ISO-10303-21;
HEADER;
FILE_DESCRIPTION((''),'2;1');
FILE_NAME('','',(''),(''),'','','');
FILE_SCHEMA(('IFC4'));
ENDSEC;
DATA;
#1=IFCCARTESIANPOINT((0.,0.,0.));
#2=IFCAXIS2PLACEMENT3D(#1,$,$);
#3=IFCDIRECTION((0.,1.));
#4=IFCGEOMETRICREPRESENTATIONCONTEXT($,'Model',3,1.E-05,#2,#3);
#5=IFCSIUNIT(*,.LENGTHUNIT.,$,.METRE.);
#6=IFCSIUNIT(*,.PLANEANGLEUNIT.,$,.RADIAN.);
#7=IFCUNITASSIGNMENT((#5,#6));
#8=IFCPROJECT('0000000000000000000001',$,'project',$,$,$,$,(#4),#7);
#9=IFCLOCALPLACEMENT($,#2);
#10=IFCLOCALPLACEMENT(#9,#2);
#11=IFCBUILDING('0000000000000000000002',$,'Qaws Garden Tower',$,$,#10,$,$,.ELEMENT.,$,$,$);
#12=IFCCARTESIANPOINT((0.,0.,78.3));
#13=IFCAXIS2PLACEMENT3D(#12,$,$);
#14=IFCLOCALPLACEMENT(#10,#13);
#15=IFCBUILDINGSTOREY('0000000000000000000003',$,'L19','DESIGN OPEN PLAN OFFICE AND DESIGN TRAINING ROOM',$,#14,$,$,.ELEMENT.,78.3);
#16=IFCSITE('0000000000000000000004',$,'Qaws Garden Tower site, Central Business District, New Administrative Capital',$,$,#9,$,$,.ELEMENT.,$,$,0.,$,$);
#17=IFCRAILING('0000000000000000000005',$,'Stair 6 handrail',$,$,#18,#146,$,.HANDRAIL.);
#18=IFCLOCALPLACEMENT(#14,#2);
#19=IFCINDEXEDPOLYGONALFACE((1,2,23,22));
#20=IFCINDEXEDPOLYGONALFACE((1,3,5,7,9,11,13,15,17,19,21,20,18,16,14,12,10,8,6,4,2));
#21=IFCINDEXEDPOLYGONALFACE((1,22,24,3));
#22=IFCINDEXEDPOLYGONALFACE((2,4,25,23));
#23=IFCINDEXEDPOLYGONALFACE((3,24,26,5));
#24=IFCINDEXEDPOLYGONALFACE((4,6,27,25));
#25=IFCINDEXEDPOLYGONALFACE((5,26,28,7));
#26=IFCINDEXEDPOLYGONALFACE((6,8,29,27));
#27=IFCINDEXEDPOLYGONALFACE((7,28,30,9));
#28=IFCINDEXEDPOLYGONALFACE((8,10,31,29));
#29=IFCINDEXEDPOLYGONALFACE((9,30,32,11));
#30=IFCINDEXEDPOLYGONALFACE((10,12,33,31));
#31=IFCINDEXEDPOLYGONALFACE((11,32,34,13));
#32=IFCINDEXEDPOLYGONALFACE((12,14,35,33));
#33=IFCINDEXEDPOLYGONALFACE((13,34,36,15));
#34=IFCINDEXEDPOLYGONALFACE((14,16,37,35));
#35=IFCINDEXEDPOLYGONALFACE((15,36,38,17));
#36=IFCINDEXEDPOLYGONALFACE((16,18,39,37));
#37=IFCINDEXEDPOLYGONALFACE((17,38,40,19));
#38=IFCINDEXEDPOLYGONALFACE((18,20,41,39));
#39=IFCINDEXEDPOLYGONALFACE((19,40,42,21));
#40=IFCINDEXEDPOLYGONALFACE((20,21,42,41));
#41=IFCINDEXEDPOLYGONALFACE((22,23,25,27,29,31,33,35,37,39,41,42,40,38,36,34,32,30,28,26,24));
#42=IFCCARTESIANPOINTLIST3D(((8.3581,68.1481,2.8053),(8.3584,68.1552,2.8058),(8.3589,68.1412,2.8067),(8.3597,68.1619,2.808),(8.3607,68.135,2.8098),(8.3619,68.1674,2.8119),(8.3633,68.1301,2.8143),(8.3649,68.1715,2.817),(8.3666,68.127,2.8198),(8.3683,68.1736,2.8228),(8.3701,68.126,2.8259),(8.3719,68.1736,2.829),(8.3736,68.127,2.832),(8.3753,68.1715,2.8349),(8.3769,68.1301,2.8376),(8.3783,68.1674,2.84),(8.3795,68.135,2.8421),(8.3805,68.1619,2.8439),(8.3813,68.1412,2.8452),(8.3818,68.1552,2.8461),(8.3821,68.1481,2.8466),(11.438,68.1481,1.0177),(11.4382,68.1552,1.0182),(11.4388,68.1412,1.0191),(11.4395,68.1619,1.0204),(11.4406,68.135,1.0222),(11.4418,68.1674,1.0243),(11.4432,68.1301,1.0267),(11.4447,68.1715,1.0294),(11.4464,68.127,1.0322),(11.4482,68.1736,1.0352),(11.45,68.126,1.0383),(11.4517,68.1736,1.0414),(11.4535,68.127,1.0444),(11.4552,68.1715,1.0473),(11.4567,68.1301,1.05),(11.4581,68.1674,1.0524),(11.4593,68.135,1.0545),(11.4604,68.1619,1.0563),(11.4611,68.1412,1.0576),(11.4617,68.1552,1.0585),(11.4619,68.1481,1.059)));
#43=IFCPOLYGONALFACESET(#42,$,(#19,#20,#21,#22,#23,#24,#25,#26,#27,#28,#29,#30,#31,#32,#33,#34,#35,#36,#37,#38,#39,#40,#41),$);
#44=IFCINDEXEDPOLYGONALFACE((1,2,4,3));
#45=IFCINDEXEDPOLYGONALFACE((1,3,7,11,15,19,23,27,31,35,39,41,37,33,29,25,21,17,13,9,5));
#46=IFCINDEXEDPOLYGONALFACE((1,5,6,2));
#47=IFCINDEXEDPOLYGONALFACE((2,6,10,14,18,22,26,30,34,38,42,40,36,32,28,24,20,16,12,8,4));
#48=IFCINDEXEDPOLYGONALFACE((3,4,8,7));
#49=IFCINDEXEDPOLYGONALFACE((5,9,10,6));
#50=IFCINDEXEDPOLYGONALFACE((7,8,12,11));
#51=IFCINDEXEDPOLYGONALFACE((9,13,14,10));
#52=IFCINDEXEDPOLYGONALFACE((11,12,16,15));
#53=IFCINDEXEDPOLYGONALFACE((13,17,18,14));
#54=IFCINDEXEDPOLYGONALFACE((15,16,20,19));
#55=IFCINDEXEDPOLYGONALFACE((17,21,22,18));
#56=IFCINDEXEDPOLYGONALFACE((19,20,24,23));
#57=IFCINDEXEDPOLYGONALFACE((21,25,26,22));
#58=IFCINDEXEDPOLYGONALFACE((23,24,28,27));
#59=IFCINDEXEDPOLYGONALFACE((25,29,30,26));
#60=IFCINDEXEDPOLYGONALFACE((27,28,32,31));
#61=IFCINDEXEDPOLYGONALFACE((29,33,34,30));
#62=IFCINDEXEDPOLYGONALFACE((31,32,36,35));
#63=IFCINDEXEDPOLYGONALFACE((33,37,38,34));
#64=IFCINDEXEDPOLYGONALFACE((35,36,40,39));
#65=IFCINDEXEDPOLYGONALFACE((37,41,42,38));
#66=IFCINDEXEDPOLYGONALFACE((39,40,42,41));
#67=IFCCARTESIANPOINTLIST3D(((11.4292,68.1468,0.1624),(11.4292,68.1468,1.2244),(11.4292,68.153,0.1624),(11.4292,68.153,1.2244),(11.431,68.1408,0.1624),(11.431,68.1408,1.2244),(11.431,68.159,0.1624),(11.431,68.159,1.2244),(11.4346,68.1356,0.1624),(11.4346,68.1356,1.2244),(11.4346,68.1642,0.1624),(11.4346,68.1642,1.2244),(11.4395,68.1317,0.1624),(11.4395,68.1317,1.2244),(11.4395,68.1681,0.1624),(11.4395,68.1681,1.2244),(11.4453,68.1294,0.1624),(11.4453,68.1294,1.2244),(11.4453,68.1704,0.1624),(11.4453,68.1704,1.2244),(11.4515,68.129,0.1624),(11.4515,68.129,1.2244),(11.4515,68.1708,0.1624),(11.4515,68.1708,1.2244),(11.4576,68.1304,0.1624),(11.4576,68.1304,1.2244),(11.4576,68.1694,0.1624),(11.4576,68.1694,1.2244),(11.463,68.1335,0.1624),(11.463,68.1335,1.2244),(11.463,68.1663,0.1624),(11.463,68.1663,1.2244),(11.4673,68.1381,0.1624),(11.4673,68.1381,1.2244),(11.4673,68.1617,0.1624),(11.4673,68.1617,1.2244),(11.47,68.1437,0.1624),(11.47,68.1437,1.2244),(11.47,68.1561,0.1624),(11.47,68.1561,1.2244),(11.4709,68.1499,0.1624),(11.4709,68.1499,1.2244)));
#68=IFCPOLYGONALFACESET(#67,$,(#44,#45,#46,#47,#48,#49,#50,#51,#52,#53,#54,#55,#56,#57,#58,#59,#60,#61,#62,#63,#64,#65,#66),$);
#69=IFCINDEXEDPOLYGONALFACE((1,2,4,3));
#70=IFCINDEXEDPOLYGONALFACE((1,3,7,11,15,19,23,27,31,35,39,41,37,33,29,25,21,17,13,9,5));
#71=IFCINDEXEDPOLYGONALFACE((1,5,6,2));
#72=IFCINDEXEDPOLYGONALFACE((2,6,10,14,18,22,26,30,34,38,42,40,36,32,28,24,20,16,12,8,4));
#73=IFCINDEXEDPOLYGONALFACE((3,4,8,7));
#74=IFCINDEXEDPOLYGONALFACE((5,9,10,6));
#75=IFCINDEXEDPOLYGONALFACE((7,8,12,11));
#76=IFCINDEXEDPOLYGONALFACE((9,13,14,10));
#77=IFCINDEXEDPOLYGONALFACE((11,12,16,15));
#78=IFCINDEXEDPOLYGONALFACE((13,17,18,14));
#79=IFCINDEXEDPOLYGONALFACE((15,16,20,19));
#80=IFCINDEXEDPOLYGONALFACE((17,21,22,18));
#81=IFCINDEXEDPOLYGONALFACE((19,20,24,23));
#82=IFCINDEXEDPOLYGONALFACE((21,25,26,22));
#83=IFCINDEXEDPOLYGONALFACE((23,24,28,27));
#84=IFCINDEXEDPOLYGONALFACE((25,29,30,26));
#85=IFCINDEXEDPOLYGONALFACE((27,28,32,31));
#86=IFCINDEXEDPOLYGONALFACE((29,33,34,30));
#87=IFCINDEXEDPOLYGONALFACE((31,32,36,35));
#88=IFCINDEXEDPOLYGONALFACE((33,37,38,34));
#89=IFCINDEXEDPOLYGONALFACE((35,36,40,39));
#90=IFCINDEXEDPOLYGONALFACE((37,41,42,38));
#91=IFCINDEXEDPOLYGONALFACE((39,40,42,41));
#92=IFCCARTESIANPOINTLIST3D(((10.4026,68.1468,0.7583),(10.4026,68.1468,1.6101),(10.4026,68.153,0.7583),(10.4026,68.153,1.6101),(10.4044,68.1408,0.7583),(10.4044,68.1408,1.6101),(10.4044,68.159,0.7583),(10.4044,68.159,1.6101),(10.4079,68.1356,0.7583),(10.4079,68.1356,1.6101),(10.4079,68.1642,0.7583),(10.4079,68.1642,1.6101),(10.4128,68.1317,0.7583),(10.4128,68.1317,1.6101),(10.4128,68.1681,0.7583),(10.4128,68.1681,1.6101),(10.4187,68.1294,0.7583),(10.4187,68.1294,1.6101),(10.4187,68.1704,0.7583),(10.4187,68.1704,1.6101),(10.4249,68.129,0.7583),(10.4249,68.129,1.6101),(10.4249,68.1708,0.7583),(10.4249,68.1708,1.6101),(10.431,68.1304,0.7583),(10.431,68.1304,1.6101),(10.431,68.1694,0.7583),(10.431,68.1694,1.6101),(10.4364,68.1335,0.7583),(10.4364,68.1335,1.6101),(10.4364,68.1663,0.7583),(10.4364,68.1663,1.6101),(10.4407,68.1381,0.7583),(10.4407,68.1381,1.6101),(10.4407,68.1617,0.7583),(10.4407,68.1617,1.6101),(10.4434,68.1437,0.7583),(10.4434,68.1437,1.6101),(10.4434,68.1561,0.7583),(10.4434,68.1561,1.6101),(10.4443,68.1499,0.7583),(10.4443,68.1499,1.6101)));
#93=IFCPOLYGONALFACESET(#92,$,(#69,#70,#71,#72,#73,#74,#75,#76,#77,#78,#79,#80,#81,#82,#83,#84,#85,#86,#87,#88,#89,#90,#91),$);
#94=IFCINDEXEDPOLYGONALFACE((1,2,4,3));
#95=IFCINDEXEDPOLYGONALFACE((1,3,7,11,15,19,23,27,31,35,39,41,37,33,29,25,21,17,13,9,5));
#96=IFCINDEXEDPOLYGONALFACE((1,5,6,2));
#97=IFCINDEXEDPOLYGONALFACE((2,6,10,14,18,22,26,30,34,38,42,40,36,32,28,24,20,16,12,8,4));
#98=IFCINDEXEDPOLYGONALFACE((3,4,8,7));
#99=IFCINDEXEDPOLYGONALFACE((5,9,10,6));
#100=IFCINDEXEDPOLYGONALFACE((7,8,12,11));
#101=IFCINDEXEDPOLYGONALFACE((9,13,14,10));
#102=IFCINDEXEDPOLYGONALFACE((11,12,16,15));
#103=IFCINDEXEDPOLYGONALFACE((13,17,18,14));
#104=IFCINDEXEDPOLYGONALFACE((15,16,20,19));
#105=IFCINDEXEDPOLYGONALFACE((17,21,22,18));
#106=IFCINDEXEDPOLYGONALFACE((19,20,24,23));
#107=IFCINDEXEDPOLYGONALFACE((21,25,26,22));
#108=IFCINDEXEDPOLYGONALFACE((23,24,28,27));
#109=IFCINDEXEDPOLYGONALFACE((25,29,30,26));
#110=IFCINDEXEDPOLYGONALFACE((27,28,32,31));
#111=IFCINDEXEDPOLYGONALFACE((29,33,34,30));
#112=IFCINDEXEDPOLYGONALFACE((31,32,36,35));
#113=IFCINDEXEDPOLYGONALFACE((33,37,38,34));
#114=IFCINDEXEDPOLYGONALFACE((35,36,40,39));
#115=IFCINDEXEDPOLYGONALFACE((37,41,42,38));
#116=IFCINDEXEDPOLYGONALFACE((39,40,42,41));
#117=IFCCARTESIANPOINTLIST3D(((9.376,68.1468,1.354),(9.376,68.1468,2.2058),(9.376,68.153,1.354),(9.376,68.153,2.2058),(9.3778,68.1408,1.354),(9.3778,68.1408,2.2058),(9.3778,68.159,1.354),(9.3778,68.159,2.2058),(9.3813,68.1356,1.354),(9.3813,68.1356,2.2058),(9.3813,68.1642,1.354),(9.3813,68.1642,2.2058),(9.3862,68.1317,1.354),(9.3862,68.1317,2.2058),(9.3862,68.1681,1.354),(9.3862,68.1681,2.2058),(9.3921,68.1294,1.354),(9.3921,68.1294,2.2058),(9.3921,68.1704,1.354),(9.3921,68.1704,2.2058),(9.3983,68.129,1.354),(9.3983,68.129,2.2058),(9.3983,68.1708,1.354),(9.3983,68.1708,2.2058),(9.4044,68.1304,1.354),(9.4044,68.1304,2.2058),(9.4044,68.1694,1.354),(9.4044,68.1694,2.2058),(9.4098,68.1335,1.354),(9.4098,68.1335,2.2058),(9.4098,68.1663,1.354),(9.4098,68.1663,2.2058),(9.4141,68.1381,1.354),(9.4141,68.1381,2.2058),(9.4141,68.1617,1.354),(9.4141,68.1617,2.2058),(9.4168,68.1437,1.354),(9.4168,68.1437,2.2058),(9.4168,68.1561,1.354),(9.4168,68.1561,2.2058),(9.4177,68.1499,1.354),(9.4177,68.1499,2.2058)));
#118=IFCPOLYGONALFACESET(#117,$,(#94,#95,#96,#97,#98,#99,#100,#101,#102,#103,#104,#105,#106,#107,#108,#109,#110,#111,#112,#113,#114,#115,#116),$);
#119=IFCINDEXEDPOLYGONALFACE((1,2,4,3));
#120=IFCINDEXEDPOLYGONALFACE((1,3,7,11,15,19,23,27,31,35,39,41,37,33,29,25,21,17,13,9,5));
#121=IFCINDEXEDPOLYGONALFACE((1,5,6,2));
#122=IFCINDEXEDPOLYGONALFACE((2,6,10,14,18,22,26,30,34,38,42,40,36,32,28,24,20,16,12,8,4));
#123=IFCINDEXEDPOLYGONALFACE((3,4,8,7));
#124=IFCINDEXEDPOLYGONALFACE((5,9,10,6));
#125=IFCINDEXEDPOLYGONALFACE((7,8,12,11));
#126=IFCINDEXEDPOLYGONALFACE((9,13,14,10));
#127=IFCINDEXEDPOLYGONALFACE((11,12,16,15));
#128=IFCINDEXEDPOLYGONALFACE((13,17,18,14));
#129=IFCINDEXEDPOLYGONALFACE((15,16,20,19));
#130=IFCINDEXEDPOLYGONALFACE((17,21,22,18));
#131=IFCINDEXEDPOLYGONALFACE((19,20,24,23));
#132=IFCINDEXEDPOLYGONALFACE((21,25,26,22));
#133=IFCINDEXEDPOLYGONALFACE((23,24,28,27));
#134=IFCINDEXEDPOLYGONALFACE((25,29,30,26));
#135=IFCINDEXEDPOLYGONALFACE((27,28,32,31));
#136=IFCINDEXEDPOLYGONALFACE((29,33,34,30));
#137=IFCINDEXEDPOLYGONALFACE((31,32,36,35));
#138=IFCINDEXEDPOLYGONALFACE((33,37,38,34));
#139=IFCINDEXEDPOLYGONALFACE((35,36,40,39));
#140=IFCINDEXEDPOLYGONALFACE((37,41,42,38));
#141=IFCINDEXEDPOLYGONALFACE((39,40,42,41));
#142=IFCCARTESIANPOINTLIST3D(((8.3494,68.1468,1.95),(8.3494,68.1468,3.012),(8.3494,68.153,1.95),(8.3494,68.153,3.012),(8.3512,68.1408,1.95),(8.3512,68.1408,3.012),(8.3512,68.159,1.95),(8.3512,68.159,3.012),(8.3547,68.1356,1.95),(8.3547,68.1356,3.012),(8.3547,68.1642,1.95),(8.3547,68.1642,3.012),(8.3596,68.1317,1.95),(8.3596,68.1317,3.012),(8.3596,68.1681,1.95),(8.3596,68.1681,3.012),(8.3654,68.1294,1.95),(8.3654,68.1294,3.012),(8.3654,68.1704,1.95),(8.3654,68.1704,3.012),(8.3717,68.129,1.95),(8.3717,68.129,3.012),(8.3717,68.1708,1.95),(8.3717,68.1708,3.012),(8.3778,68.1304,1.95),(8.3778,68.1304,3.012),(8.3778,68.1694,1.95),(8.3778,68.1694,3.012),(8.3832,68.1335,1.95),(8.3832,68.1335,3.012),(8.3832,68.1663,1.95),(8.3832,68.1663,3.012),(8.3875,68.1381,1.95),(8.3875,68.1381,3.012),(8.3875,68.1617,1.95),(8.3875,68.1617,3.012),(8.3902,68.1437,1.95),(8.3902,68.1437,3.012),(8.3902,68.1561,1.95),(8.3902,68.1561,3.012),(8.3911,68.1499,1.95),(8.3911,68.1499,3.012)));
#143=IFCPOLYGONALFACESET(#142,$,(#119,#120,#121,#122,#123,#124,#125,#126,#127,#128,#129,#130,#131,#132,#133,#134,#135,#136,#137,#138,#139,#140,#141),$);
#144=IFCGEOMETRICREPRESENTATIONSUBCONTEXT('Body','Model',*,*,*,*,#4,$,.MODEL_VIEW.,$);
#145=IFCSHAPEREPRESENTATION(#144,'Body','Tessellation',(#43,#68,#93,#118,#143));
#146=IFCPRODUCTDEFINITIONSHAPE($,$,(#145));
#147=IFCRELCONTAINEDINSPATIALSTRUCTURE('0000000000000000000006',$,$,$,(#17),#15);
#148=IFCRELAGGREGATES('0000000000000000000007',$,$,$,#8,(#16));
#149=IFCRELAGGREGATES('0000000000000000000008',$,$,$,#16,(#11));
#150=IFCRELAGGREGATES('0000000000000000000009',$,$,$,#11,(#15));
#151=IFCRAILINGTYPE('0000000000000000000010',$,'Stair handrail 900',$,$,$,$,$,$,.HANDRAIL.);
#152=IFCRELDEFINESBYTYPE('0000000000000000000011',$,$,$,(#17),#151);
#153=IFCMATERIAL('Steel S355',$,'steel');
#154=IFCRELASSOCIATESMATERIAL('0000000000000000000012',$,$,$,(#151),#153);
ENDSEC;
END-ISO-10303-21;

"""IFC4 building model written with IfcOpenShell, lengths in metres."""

from ifc_helpers import new_model, si_unit, direction, frame, origin, origin_2d, place, context, subcontext, project, spatial, circle, extrude, material, type_object, element, save


model = new_model("IFC4")

# Units and contexts
model_context = context("Model", 3, precision=1e-05, world=origin(), true_north=direction((0.0, 1.0)))
body_context = subcontext(model_context, "Body", "Model", "MODEL_VIEW")
ifc_project = project(units=[si_unit("LENGTHUNIT", "METRE"), si_unit("PLANEANGLEUNIT", "RADIAN")], contexts=[model_context])

# Site, building, storey
site_placement = place(None, origin())
site = spatial("IfcSite", under=ifc_project, at=site_placement, Name="Qaws Garden Tower site, Central Business District, New Administrative Capital", CompositionType="ELEMENT", RefElevation=0.0)
building_placement = place(site_placement, origin())
building = spatial("IfcBuilding", under=site, at=building_placement, Name="Qaws Garden Tower", CompositionType="ELEMENT")
storey_placement = place(building_placement, frame((0.0, 0.0, 78.3)))
storey = spatial("IfcBuildingStorey", under=building, at=storey_placement, Name="L19", Description="DESIGN OPEN PLAN OFFICE AND DESIGN TRAINING ROOM", CompositionType="ELEMENT", Elevation=78.3)

# Railing
ifc_material_1 = material(Name="Steel S355", Category="steel")
railing_type = type_object("IfcRailingType", Name="Stair handrail 900", PredefinedType="HANDRAIL", material=ifc_material_1)
railing_1_placement = place(storey_placement, frame((11.45, 68.1499, 0.1624)))
element("IfcRailing", 1, at=railing_1_placement, inside=storey, type_object=railing_type, Name="Stair 6 handrail", PredefinedType="HANDRAIL", context=body_context, shape_type="SweptSolid", body=[
    extrude(circle(Radius=0.0239, at=origin_2d()), frame((0.0, 0.0, 0.876), z_axis=(-0.864873, 0.0, 0.50199), x_axis=(0.0, -1.0, 0.0)), (0.0, 0.0, 1.0), 3.561),
    extrude(circle(Radius=0.021, at=origin_2d()), origin(), (0.0, 0.0, 1.0), 1.062),
    extrude(circle(Radius=0.021, at=origin_2d()), frame((-1.0266, 0.0, 0.5959)), (0.0, 0.0, 1.0), 0.8518),
    extrude(circle(Radius=0.021, at=origin_2d()), frame((-2.0532, 0.0, 1.1917)), (0.0, 0.0, 1.0), 0.8518),
    extrude(circle(Radius=0.021, at=origin_2d()), frame((-3.0798, 0.0, 1.7876)), (0.0, 0.0, 1.0), 1.062),
])

save(model, "model.ifc")
